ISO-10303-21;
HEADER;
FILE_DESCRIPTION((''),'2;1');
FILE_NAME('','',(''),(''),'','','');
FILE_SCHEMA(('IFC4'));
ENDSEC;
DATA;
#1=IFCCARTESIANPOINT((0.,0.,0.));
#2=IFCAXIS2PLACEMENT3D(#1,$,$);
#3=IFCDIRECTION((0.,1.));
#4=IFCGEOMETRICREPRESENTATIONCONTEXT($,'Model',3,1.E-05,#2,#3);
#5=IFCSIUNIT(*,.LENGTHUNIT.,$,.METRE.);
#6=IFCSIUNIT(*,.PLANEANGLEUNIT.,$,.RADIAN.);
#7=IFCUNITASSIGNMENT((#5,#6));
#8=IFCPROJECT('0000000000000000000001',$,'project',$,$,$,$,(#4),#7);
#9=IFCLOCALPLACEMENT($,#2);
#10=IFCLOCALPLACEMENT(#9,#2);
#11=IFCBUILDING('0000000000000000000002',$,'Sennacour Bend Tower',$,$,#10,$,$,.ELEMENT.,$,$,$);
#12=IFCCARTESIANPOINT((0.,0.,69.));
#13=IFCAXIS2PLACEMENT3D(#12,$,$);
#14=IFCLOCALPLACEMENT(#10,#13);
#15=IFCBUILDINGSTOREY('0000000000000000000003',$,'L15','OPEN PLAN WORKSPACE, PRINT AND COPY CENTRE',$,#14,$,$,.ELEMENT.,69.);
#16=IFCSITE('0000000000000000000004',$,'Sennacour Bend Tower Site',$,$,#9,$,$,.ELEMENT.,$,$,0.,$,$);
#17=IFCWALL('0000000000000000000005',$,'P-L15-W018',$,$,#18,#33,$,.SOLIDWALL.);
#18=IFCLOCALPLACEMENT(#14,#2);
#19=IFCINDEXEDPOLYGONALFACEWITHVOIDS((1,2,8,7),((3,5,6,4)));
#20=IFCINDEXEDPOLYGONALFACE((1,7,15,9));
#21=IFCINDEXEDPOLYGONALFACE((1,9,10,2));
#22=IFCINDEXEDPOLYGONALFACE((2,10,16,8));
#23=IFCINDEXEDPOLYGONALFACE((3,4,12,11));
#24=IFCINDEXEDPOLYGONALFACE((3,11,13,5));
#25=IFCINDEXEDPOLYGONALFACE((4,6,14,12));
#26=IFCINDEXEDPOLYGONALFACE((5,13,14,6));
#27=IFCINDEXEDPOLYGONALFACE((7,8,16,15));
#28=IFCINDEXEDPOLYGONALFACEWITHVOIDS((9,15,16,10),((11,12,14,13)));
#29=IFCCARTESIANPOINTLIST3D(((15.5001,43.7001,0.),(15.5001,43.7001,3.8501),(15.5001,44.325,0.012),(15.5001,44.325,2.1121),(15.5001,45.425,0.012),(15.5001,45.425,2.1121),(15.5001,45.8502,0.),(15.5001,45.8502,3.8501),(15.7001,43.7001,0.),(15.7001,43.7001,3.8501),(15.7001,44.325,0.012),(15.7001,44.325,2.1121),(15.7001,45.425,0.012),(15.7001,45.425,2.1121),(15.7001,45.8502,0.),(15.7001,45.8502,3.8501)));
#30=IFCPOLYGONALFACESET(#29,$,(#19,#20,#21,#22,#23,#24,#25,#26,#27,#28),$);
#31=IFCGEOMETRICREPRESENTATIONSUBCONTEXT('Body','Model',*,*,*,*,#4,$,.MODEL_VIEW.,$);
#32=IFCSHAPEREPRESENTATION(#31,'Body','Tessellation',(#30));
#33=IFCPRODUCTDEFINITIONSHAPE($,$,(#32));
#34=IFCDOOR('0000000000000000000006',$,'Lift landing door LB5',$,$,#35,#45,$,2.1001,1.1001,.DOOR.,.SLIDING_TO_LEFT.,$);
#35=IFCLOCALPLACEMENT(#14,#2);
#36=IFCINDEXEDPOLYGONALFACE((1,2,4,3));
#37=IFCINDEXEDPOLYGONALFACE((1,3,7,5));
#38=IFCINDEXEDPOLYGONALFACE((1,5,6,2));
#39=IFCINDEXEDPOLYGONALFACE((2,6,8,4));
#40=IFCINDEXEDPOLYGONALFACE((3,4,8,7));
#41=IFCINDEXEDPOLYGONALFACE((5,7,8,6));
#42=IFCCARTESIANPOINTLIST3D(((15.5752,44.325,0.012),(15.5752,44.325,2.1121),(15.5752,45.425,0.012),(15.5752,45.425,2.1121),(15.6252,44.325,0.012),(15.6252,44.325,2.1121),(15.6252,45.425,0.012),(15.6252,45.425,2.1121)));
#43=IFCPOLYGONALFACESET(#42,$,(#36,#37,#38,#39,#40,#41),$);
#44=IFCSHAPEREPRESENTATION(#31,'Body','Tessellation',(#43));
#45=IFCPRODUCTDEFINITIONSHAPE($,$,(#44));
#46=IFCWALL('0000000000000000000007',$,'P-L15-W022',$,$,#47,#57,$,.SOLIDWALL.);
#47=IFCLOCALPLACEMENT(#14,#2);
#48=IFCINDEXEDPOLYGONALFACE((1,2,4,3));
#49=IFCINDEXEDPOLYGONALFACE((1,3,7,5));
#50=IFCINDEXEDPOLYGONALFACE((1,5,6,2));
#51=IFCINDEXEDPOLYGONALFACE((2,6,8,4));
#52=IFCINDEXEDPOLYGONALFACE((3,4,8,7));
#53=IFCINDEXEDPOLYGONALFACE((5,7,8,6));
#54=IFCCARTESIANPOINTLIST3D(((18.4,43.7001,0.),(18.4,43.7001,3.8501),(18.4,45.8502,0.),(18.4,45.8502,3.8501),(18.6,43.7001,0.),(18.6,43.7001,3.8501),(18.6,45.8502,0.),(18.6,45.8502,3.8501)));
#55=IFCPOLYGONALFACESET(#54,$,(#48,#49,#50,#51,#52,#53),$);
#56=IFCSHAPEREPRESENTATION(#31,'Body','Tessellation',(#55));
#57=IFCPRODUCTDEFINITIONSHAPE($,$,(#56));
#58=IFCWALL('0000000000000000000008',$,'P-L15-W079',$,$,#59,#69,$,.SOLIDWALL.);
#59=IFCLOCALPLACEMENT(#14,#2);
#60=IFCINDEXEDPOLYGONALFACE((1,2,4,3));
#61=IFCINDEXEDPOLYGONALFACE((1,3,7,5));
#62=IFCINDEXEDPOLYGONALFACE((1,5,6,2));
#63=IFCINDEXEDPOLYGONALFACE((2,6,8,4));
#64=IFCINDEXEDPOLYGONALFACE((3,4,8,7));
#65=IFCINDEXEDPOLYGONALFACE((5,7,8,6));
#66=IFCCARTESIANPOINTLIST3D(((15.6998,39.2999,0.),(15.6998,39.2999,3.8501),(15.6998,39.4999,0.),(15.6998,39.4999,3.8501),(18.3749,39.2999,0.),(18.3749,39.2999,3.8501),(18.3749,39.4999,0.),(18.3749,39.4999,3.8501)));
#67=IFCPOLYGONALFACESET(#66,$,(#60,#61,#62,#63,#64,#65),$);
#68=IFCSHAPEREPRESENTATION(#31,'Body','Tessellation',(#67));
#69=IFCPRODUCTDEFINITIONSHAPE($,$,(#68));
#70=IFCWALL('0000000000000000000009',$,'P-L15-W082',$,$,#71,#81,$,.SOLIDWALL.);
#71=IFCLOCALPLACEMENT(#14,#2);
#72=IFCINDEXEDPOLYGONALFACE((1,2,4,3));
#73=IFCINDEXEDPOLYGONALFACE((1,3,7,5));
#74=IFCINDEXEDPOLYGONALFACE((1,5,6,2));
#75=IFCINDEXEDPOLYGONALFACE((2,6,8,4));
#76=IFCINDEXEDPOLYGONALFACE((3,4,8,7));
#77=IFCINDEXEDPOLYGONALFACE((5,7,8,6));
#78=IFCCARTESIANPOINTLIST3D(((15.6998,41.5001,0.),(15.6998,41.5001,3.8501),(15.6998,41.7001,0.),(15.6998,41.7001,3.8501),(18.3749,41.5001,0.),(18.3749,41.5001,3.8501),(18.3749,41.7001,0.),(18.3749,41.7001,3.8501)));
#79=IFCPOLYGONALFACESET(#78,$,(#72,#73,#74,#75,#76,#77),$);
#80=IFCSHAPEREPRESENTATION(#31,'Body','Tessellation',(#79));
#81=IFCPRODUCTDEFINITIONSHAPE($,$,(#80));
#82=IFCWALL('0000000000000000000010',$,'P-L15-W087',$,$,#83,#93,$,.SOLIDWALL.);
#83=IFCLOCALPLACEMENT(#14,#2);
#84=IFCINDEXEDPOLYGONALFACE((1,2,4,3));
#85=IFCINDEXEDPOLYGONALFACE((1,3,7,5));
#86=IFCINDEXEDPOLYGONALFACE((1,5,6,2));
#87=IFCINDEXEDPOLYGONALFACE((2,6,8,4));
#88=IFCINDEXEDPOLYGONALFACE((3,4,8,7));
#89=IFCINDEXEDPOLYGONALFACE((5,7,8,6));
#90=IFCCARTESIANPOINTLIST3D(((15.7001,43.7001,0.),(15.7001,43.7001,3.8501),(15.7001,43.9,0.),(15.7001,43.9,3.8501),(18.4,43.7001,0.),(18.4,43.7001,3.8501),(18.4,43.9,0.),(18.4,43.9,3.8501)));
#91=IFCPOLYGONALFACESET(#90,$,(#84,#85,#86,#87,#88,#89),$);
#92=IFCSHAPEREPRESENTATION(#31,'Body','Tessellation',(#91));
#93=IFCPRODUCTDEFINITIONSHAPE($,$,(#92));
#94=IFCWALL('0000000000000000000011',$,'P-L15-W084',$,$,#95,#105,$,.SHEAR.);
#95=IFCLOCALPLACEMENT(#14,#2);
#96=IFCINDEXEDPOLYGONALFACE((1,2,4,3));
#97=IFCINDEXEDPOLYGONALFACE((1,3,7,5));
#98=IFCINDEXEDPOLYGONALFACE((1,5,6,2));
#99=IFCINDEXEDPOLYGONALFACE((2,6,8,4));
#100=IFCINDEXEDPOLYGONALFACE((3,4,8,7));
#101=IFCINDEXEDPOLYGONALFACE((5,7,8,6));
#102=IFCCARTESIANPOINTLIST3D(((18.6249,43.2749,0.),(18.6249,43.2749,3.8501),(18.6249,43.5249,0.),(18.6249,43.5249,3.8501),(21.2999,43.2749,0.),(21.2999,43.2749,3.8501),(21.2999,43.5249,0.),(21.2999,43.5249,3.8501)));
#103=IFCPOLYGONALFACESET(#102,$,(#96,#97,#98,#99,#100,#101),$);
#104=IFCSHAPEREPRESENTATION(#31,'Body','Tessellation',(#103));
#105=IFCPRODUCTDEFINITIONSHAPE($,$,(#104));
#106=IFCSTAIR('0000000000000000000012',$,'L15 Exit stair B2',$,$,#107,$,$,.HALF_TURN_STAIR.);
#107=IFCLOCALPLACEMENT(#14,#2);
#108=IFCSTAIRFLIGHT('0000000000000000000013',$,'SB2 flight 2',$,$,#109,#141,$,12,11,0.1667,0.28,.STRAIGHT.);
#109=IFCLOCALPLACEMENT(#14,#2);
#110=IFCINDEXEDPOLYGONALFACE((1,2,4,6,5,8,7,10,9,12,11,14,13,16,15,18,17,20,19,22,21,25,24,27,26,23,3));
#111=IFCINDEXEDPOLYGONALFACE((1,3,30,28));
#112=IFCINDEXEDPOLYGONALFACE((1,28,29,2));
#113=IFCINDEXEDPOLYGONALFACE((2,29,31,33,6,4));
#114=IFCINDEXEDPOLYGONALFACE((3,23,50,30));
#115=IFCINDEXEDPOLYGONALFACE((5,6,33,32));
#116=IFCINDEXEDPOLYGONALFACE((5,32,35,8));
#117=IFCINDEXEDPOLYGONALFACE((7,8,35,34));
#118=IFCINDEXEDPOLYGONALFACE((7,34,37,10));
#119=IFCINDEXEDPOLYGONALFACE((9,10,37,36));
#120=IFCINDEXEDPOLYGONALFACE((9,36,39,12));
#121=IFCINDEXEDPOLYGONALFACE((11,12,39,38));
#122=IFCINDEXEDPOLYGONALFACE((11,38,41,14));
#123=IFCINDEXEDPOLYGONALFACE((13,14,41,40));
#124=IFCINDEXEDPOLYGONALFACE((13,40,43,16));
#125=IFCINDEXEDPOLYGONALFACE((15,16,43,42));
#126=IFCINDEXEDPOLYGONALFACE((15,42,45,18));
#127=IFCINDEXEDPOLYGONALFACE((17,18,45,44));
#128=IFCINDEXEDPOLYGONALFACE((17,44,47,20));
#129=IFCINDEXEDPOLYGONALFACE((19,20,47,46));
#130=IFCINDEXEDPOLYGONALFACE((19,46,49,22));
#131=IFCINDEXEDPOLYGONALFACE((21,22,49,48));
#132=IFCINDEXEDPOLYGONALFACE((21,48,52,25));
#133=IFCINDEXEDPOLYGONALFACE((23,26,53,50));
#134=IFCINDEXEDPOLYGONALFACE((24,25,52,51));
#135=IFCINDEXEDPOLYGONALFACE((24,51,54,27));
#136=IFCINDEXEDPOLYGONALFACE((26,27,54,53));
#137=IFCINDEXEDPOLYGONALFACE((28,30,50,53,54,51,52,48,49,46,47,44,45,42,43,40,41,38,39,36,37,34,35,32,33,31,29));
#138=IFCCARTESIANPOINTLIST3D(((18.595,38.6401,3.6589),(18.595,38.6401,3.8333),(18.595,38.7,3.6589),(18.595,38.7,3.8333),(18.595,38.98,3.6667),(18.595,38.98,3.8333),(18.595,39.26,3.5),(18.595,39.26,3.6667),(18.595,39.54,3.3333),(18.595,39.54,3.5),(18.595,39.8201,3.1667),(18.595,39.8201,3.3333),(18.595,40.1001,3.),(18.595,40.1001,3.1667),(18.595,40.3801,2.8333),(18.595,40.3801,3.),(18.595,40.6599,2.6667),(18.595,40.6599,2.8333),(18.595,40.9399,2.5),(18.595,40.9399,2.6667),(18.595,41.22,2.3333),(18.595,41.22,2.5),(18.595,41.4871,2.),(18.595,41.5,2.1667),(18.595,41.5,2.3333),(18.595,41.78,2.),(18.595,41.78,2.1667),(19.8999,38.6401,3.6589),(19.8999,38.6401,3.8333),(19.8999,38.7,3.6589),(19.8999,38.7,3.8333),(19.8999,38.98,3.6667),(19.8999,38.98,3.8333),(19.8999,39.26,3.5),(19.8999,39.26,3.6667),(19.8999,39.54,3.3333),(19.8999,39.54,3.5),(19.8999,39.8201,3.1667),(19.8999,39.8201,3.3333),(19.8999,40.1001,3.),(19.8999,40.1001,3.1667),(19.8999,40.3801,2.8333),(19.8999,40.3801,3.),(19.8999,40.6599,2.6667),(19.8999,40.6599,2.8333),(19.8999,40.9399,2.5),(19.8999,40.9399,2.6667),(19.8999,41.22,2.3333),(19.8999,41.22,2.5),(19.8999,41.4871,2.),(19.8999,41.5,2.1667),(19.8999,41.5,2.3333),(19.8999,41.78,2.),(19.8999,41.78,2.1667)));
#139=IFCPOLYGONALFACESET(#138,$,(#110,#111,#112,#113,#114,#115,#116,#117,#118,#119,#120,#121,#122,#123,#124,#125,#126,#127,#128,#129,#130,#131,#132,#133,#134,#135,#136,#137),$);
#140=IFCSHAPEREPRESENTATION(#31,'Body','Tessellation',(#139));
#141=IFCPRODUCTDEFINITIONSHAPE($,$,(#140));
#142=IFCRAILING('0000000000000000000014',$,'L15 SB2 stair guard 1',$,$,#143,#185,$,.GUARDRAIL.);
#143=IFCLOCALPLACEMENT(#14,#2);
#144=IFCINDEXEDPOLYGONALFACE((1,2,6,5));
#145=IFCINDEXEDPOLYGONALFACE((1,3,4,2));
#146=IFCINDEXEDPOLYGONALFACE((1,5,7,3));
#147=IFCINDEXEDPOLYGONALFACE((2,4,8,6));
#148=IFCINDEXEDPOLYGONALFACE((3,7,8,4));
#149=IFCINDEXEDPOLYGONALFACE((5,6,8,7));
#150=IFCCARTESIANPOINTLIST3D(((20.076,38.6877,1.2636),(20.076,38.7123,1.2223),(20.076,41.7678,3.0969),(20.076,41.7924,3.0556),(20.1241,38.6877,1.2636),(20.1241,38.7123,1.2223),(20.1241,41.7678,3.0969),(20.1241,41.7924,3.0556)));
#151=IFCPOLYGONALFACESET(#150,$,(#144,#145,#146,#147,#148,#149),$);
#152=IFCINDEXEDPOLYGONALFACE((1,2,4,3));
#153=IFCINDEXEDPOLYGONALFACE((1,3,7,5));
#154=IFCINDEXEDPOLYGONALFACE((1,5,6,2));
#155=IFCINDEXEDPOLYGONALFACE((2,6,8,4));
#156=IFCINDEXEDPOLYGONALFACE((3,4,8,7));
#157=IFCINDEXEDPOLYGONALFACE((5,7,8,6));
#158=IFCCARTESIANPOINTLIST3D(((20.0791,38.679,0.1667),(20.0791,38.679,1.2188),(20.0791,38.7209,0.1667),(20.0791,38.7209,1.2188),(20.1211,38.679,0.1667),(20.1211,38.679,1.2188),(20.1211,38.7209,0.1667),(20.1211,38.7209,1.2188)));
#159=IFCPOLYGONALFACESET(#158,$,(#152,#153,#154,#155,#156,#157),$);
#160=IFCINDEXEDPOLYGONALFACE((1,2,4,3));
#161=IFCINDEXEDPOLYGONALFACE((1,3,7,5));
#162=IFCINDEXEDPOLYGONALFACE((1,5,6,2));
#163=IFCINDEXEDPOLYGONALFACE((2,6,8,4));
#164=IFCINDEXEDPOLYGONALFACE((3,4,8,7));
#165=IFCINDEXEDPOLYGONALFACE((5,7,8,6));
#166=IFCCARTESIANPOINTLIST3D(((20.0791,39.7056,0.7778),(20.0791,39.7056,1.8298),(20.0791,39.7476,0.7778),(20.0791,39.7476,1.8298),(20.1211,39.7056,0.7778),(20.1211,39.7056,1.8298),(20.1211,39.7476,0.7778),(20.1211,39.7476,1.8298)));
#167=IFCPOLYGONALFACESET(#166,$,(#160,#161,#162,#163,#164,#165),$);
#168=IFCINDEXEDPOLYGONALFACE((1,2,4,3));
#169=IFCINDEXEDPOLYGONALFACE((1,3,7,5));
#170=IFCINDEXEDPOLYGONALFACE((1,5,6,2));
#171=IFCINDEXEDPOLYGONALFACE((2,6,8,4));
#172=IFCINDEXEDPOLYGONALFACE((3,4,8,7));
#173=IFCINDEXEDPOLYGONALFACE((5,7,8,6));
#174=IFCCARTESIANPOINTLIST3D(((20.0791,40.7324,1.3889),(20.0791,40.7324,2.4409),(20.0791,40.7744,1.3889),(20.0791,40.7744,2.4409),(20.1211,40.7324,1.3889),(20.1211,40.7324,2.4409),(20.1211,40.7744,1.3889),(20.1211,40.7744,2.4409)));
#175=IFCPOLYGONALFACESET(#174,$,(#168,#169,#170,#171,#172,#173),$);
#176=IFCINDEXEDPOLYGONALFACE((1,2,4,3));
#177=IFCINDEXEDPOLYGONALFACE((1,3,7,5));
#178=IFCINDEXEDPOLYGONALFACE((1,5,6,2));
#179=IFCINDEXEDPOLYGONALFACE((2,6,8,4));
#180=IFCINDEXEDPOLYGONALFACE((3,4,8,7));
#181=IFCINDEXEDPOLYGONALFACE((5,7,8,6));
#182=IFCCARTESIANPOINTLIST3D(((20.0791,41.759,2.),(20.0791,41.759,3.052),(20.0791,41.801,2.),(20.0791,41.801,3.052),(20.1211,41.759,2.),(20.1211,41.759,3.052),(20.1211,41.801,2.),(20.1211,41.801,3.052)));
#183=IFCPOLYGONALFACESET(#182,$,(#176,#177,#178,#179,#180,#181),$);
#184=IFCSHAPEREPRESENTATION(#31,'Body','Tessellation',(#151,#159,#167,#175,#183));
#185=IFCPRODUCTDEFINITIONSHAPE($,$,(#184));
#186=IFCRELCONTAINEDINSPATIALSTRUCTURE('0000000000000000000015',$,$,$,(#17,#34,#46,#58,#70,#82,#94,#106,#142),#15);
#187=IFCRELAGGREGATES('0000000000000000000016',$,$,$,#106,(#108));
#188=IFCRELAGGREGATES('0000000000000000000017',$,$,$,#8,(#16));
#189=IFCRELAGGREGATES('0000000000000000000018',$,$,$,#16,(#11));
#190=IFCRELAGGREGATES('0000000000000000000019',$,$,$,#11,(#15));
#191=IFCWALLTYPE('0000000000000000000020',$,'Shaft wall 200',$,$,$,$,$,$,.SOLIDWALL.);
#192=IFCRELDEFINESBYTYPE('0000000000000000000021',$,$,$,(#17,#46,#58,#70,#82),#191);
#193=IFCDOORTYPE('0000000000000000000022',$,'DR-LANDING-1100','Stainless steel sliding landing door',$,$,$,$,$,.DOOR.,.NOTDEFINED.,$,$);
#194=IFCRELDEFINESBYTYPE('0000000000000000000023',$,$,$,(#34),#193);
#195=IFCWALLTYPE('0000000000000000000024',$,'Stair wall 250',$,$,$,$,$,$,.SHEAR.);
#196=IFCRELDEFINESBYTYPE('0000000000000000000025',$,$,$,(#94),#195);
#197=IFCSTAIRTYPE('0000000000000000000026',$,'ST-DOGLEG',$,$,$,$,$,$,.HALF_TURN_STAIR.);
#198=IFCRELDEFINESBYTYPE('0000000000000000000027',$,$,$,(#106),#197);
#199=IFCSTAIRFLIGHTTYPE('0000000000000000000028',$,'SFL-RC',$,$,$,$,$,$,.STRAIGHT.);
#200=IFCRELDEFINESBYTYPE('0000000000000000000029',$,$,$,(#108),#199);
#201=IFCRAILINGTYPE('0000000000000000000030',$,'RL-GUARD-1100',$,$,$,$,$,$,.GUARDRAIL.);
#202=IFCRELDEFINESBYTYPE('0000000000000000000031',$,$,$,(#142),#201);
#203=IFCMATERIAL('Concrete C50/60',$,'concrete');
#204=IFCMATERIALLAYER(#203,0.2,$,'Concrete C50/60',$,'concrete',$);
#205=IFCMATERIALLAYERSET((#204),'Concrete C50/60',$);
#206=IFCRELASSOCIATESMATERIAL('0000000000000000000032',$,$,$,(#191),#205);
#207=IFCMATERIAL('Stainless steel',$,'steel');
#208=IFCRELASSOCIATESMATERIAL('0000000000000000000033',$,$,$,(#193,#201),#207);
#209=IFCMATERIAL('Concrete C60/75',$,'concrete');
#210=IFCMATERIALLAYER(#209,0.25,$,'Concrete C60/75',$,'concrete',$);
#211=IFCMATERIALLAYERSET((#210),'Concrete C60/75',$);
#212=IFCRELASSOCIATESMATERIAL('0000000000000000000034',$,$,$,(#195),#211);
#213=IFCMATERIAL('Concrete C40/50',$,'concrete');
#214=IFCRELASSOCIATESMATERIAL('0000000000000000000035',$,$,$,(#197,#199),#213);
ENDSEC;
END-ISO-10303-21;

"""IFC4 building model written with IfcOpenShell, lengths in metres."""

from ifc_helpers import new_model, si_unit, direction, frame, frame_2d, origin, origin_2d, place, context, subcontext, project, spatial, polyline, rectangle, outline, extrude, material, layer, layer_set, type_object, element, fill, aggregate, save


model = new_model("IFC4")

# Units and contexts
model_context = context("Model", 3, precision=1e-05, world=origin(), true_north=direction((0.0, 1.0)))
body_context = subcontext(model_context, "Body", "Model", "MODEL_VIEW")
ifc_project = project(units=[si_unit("LENGTHUNIT", "METRE"), si_unit("PLANEANGLEUNIT", "RADIAN")], contexts=[model_context])

# Site, building, storey
site_placement = place(None, origin())
site = spatial("IfcSite", under=ifc_project, at=site_placement, Name="Sennacour Bend Tower Site", CompositionType="ELEMENT", RefElevation=0.0)
building_placement = place(site_placement, origin())
building = spatial("IfcBuilding", under=site, at=building_placement, Name="Sennacour Bend Tower", CompositionType="ELEMENT")
storey_placement = place(building_placement, frame((0.0, 0.0, 69.0)))
storey = spatial("IfcBuildingStorey", under=building, at=storey_placement, Name="L15", Description="OPEN PLAN WORKSPACE, PRINT AND COPY CENTRE", CompositionType="ELEMENT", Elevation=69.0)

# Wall, opening, door
ifc_material_1 = material(Name="Concrete C50/60", Category="concrete")
ifc_layer_1 = layer(ifc_material_1, 0.2, Name="Concrete C50/60", Category="concrete")
ifc_layer_set_1 = layer_set([ifc_layer_1], Name="Concrete C50/60")
wall_type_1 = type_object("IfcWallType", Name="Shaft wall 200", PredefinedType="SOLIDWALL", material=ifc_layer_set_1)
wall_1_placement = place(storey_placement, frame((15.6001, 43.7, 0.0), z_axis=(0.0, 0.0, 1.0), x_axis=(0.0, 1.0, 0.0)))
wall_1 = element("IfcWall", 1, at=wall_1_placement, inside=storey, type_object=wall_type_1, Name="P-L15-W018", PredefinedType="SOLIDWALL", context=body_context, shape_type="SweptSolid", body=[
    extrude(rectangle(XDim=2.1501, YDim=0.2, at=frame_2d((1.0752, 0.0))), origin(), (0.0, 0.0, 1.0), 3.8501),
])
opening_1_placement = place(wall_1_placement, frame((0.625, 0.0, 0.012)))
opening_1 = element("IfcOpeningElement", 2, at=opening_1_placement, cuts=wall_1, PredefinedType="OPENING", context=body_context, shape_type="SweptSolid", body=[
    extrude(rectangle(XDim=1.1001, YDim=2.1001, at=frame_2d((0.55, 1.05))), frame((0.0, 0.1099, 0.0), z_axis=(0.0, -1.0, 0.0), x_axis=(1.0, 0.0, 0.0)), (0.0, 0.0, 1.0), 0.22),
])
ifc_material_2 = material(Name="Stainless steel", Category="steel")
door_type_1 = type_object("IfcDoorType", Name="DR-LANDING-1100", Description="Stainless steel sliding landing door", OperationType="NOTDEFINED", PredefinedType="DOOR", material=ifc_material_2)
door_1_placement = place(opening_1_placement, origin())
door_1 = element("IfcDoor", 3, at=door_1_placement, inside=storey, type_object=door_type_1, Name="Lift landing door LB5", OperationType="SLIDING_TO_LEFT", OverallHeight=2.1001, OverallWidth=1.1001, PredefinedType="DOOR", context=body_context, shape_type="SweptSolid", body=[
    extrude(rectangle(XDim=1.1001, YDim=2.1001, at=frame_2d((0.55, 1.05))), frame((0.0, 0.0249, 0.0), z_axis=(0.0, -1.0, 0.0), x_axis=(1.0, 0.0, 0.0)), (0.0, 0.0, 1.0), 0.05),
])
fill(opening_1, door_1)

# Walls
wall_2_placement = place(storey_placement, frame((18.5, 43.7, 0.0), z_axis=(0.0, 0.0, 1.0), x_axis=(0.0, 1.0, 0.0)))
element("IfcWall", 4, at=wall_2_placement, inside=storey, type_object=wall_type_1, Name="P-L15-W022", PredefinedType="SOLIDWALL", context=body_context, shape_type="SweptSolid", body=[
    extrude(rectangle(XDim=2.1501, YDim=0.2, at=frame_2d((1.0752, 0.0))), origin(), (0.0, 0.0, 1.0), 3.8501),
])
for number, where, z_axis, x_axis, name in (
    (5, (15.7, 39.3999, 0.0), (0.0, 0.0, 1.0), (1.0, 0.0, 0.0), "P-L15-W079"),
    (6, (15.7, 41.6001, 0.0), (0.0, 0.0, 1.0), (1.0, 0.0, 0.0), "P-L15-W082"),
):
    element("IfcWall", number, at=place(storey_placement, frame(where, z_axis=z_axis, x_axis=x_axis)), inside=storey, type_object=wall_type_1, Name=name, PredefinedType="SOLIDWALL", context=body_context, shape_type="SweptSolid", body=[
        extrude(rectangle(XDim=2.675, YDim=0.2, at=frame_2d((1.3374, 0.0))), origin(), (0.0, 0.0, 1.0), 3.8501),
    ])
wall_3_placement = place(storey_placement, frame((15.7, 43.8, 0.0), z_axis=(0.0, 0.0, 1.0), x_axis=(1.0, 0.0, 0.0)))
element("IfcWall", 7, at=wall_3_placement, inside=storey, type_object=wall_type_1, Name="P-L15-W087", PredefinedType="SOLIDWALL", context=body_context, shape_type="SweptSolid", body=[
    extrude(rectangle(XDim=2.7, YDim=0.2, at=frame_2d((1.3501, 0.0))), origin(), (0.0, 0.0, 1.0), 3.8501),
])
ifc_material_3 = material(Name="Concrete C60/75", Category="concrete")
ifc_layer_2 = layer(ifc_material_3, 0.25, Name="Concrete C60/75", Category="concrete")
ifc_layer_set_2 = layer_set([ifc_layer_2], Name="Concrete C60/75")
wall_type_2 = type_object("IfcWallType", Name="Stair wall 250", PredefinedType="SHEAR", material=ifc_layer_set_2)
wall_4_placement = place(storey_placement, frame((18.625, 43.3999, 0.0), z_axis=(0.0, 0.0, 1.0), x_axis=(1.0, 0.0, 0.0)))
element("IfcWall", 8, at=wall_4_placement, inside=storey, type_object=wall_type_2, Name="P-L15-W084", PredefinedType="SHEAR", context=body_context, shape_type="SweptSolid", body=[
    extrude(rectangle(XDim=2.675, YDim=0.25, at=frame_2d((1.3374, 0.0))), origin(), (0.0, 0.0, 1.0), 3.8501),
])

# Stair, stair flight
ifc_material_4 = material(Name="Concrete C40/50", Category="concrete")
stair_type = type_object("IfcStairType", Name="ST-DOGLEG", PredefinedType="HALF_TURN_STAIR", material=ifc_material_4)
stair_placement = place(storey_placement, origin())
stair = element("IfcStair", 9, at=stair_placement, inside=storey, type_object=stair_type, Name="L15 Exit stair B2", PredefinedType="HALF_TURN_STAIR")
stair_flight_type = type_object("IfcStairFlightType", Name="SFL-RC", PredefinedType="STRAIGHT", material=ifc_material_4)
stair_flight_placement = place(storey_placement, frame((19.2476, 41.78, 2.0), z_axis=(0.0, 0.0, 1.0), x_axis=(0.0, -1.0, 0.0)))
stair_flight = element("IfcStairFlight", 10, at=stair_flight_placement, type_object=stair_flight_type, Name="SB2 flight 2", NumberOfRisers=12, NumberOfTreads=11, PredefinedType="STRAIGHT", RiserHeight=0.1667, TreadLength=0.28, context=body_context, shape_type="SweptSolid", body=[
    extrude(outline(polyline([(0.0, 0.0), (0.0, 0.1667), (0.28, 0.1667), (0.28, 0.3333), (0.5601, 0.3333), (0.5601, 0.5), (0.8401, 0.5), (0.8401, 0.6667), (1.1201, 0.6667), (1.1201, 0.8333), (1.3999, 0.8333), (1.3999, 1.0), (1.6799, 1.0), (1.6799, 1.1667), (1.96, 1.1667), (1.96, 1.3333), (2.24, 1.3333), (2.24, 1.5), (2.52, 1.5), (2.52, 1.6667), (2.8, 1.6667), (2.8, 1.8333), (3.0801, 1.8333), (3.1399, 1.8333), (3.1399, 1.6589), (3.0801, 1.6589), (0.293, 0.0), (0.0, 0.0)])), frame((0.0, 0.6523, 0.0), z_axis=(0.0, -1.0, 0.0), x_axis=(1.0, 0.0, 0.0)), (0.0, 0.0, 1.0), 1.3049),
])
aggregate(stair, [stair_flight])

# Railing
railing_type_1 = type_object("IfcRailingType", Name="RL-GUARD-1100", PredefinedType="GUARDRAIL", material=ifc_material_2)
railing_1_placement = place(storey_placement, frame((20.1001, 38.7, 0.1667)))
element("IfcRailing", 11, at=railing_1_placement, inside=storey, type_object=railing_type_1, Name="L15 SB2 stair guard 1", PredefinedType="GUARDRAIL", context=body_context, shape_type="SweptSolid", body=[
    extrude(rectangle(XDim=0.0481, YDim=0.0481, at=origin_2d()), frame((0.0, 0.0, 1.0762), z_axis=(0.0, 0.859309, 0.511458), x_axis=(-1.0, 0.0, 0.0)), (0.0, 0.0, 1.0), 3.5845),
    extrude(rectangle(XDim=0.042, YDim=0.042, at=origin_2d()), origin(), (0.0, 0.0, 1.0), 1.052),
    extrude(rectangle(XDim=0.042, YDim=0.042, at=origin_2d()), frame((0.0, 1.0266, 0.6111)), (0.0, 0.0, 1.0), 1.052),
    extrude(rectangle(XDim=0.042, YDim=0.042, at=origin_2d()), frame((0.0, 2.0535, 1.2222)), (0.0, 0.0, 1.0), 1.052),
    extrude(rectangle(XDim=0.042, YDim=0.042, at=origin_2d()), frame((0.0, 3.0801, 1.8333)), (0.0, 0.0, 1.0), 1.052),
])

save(model, "model.ifc")
